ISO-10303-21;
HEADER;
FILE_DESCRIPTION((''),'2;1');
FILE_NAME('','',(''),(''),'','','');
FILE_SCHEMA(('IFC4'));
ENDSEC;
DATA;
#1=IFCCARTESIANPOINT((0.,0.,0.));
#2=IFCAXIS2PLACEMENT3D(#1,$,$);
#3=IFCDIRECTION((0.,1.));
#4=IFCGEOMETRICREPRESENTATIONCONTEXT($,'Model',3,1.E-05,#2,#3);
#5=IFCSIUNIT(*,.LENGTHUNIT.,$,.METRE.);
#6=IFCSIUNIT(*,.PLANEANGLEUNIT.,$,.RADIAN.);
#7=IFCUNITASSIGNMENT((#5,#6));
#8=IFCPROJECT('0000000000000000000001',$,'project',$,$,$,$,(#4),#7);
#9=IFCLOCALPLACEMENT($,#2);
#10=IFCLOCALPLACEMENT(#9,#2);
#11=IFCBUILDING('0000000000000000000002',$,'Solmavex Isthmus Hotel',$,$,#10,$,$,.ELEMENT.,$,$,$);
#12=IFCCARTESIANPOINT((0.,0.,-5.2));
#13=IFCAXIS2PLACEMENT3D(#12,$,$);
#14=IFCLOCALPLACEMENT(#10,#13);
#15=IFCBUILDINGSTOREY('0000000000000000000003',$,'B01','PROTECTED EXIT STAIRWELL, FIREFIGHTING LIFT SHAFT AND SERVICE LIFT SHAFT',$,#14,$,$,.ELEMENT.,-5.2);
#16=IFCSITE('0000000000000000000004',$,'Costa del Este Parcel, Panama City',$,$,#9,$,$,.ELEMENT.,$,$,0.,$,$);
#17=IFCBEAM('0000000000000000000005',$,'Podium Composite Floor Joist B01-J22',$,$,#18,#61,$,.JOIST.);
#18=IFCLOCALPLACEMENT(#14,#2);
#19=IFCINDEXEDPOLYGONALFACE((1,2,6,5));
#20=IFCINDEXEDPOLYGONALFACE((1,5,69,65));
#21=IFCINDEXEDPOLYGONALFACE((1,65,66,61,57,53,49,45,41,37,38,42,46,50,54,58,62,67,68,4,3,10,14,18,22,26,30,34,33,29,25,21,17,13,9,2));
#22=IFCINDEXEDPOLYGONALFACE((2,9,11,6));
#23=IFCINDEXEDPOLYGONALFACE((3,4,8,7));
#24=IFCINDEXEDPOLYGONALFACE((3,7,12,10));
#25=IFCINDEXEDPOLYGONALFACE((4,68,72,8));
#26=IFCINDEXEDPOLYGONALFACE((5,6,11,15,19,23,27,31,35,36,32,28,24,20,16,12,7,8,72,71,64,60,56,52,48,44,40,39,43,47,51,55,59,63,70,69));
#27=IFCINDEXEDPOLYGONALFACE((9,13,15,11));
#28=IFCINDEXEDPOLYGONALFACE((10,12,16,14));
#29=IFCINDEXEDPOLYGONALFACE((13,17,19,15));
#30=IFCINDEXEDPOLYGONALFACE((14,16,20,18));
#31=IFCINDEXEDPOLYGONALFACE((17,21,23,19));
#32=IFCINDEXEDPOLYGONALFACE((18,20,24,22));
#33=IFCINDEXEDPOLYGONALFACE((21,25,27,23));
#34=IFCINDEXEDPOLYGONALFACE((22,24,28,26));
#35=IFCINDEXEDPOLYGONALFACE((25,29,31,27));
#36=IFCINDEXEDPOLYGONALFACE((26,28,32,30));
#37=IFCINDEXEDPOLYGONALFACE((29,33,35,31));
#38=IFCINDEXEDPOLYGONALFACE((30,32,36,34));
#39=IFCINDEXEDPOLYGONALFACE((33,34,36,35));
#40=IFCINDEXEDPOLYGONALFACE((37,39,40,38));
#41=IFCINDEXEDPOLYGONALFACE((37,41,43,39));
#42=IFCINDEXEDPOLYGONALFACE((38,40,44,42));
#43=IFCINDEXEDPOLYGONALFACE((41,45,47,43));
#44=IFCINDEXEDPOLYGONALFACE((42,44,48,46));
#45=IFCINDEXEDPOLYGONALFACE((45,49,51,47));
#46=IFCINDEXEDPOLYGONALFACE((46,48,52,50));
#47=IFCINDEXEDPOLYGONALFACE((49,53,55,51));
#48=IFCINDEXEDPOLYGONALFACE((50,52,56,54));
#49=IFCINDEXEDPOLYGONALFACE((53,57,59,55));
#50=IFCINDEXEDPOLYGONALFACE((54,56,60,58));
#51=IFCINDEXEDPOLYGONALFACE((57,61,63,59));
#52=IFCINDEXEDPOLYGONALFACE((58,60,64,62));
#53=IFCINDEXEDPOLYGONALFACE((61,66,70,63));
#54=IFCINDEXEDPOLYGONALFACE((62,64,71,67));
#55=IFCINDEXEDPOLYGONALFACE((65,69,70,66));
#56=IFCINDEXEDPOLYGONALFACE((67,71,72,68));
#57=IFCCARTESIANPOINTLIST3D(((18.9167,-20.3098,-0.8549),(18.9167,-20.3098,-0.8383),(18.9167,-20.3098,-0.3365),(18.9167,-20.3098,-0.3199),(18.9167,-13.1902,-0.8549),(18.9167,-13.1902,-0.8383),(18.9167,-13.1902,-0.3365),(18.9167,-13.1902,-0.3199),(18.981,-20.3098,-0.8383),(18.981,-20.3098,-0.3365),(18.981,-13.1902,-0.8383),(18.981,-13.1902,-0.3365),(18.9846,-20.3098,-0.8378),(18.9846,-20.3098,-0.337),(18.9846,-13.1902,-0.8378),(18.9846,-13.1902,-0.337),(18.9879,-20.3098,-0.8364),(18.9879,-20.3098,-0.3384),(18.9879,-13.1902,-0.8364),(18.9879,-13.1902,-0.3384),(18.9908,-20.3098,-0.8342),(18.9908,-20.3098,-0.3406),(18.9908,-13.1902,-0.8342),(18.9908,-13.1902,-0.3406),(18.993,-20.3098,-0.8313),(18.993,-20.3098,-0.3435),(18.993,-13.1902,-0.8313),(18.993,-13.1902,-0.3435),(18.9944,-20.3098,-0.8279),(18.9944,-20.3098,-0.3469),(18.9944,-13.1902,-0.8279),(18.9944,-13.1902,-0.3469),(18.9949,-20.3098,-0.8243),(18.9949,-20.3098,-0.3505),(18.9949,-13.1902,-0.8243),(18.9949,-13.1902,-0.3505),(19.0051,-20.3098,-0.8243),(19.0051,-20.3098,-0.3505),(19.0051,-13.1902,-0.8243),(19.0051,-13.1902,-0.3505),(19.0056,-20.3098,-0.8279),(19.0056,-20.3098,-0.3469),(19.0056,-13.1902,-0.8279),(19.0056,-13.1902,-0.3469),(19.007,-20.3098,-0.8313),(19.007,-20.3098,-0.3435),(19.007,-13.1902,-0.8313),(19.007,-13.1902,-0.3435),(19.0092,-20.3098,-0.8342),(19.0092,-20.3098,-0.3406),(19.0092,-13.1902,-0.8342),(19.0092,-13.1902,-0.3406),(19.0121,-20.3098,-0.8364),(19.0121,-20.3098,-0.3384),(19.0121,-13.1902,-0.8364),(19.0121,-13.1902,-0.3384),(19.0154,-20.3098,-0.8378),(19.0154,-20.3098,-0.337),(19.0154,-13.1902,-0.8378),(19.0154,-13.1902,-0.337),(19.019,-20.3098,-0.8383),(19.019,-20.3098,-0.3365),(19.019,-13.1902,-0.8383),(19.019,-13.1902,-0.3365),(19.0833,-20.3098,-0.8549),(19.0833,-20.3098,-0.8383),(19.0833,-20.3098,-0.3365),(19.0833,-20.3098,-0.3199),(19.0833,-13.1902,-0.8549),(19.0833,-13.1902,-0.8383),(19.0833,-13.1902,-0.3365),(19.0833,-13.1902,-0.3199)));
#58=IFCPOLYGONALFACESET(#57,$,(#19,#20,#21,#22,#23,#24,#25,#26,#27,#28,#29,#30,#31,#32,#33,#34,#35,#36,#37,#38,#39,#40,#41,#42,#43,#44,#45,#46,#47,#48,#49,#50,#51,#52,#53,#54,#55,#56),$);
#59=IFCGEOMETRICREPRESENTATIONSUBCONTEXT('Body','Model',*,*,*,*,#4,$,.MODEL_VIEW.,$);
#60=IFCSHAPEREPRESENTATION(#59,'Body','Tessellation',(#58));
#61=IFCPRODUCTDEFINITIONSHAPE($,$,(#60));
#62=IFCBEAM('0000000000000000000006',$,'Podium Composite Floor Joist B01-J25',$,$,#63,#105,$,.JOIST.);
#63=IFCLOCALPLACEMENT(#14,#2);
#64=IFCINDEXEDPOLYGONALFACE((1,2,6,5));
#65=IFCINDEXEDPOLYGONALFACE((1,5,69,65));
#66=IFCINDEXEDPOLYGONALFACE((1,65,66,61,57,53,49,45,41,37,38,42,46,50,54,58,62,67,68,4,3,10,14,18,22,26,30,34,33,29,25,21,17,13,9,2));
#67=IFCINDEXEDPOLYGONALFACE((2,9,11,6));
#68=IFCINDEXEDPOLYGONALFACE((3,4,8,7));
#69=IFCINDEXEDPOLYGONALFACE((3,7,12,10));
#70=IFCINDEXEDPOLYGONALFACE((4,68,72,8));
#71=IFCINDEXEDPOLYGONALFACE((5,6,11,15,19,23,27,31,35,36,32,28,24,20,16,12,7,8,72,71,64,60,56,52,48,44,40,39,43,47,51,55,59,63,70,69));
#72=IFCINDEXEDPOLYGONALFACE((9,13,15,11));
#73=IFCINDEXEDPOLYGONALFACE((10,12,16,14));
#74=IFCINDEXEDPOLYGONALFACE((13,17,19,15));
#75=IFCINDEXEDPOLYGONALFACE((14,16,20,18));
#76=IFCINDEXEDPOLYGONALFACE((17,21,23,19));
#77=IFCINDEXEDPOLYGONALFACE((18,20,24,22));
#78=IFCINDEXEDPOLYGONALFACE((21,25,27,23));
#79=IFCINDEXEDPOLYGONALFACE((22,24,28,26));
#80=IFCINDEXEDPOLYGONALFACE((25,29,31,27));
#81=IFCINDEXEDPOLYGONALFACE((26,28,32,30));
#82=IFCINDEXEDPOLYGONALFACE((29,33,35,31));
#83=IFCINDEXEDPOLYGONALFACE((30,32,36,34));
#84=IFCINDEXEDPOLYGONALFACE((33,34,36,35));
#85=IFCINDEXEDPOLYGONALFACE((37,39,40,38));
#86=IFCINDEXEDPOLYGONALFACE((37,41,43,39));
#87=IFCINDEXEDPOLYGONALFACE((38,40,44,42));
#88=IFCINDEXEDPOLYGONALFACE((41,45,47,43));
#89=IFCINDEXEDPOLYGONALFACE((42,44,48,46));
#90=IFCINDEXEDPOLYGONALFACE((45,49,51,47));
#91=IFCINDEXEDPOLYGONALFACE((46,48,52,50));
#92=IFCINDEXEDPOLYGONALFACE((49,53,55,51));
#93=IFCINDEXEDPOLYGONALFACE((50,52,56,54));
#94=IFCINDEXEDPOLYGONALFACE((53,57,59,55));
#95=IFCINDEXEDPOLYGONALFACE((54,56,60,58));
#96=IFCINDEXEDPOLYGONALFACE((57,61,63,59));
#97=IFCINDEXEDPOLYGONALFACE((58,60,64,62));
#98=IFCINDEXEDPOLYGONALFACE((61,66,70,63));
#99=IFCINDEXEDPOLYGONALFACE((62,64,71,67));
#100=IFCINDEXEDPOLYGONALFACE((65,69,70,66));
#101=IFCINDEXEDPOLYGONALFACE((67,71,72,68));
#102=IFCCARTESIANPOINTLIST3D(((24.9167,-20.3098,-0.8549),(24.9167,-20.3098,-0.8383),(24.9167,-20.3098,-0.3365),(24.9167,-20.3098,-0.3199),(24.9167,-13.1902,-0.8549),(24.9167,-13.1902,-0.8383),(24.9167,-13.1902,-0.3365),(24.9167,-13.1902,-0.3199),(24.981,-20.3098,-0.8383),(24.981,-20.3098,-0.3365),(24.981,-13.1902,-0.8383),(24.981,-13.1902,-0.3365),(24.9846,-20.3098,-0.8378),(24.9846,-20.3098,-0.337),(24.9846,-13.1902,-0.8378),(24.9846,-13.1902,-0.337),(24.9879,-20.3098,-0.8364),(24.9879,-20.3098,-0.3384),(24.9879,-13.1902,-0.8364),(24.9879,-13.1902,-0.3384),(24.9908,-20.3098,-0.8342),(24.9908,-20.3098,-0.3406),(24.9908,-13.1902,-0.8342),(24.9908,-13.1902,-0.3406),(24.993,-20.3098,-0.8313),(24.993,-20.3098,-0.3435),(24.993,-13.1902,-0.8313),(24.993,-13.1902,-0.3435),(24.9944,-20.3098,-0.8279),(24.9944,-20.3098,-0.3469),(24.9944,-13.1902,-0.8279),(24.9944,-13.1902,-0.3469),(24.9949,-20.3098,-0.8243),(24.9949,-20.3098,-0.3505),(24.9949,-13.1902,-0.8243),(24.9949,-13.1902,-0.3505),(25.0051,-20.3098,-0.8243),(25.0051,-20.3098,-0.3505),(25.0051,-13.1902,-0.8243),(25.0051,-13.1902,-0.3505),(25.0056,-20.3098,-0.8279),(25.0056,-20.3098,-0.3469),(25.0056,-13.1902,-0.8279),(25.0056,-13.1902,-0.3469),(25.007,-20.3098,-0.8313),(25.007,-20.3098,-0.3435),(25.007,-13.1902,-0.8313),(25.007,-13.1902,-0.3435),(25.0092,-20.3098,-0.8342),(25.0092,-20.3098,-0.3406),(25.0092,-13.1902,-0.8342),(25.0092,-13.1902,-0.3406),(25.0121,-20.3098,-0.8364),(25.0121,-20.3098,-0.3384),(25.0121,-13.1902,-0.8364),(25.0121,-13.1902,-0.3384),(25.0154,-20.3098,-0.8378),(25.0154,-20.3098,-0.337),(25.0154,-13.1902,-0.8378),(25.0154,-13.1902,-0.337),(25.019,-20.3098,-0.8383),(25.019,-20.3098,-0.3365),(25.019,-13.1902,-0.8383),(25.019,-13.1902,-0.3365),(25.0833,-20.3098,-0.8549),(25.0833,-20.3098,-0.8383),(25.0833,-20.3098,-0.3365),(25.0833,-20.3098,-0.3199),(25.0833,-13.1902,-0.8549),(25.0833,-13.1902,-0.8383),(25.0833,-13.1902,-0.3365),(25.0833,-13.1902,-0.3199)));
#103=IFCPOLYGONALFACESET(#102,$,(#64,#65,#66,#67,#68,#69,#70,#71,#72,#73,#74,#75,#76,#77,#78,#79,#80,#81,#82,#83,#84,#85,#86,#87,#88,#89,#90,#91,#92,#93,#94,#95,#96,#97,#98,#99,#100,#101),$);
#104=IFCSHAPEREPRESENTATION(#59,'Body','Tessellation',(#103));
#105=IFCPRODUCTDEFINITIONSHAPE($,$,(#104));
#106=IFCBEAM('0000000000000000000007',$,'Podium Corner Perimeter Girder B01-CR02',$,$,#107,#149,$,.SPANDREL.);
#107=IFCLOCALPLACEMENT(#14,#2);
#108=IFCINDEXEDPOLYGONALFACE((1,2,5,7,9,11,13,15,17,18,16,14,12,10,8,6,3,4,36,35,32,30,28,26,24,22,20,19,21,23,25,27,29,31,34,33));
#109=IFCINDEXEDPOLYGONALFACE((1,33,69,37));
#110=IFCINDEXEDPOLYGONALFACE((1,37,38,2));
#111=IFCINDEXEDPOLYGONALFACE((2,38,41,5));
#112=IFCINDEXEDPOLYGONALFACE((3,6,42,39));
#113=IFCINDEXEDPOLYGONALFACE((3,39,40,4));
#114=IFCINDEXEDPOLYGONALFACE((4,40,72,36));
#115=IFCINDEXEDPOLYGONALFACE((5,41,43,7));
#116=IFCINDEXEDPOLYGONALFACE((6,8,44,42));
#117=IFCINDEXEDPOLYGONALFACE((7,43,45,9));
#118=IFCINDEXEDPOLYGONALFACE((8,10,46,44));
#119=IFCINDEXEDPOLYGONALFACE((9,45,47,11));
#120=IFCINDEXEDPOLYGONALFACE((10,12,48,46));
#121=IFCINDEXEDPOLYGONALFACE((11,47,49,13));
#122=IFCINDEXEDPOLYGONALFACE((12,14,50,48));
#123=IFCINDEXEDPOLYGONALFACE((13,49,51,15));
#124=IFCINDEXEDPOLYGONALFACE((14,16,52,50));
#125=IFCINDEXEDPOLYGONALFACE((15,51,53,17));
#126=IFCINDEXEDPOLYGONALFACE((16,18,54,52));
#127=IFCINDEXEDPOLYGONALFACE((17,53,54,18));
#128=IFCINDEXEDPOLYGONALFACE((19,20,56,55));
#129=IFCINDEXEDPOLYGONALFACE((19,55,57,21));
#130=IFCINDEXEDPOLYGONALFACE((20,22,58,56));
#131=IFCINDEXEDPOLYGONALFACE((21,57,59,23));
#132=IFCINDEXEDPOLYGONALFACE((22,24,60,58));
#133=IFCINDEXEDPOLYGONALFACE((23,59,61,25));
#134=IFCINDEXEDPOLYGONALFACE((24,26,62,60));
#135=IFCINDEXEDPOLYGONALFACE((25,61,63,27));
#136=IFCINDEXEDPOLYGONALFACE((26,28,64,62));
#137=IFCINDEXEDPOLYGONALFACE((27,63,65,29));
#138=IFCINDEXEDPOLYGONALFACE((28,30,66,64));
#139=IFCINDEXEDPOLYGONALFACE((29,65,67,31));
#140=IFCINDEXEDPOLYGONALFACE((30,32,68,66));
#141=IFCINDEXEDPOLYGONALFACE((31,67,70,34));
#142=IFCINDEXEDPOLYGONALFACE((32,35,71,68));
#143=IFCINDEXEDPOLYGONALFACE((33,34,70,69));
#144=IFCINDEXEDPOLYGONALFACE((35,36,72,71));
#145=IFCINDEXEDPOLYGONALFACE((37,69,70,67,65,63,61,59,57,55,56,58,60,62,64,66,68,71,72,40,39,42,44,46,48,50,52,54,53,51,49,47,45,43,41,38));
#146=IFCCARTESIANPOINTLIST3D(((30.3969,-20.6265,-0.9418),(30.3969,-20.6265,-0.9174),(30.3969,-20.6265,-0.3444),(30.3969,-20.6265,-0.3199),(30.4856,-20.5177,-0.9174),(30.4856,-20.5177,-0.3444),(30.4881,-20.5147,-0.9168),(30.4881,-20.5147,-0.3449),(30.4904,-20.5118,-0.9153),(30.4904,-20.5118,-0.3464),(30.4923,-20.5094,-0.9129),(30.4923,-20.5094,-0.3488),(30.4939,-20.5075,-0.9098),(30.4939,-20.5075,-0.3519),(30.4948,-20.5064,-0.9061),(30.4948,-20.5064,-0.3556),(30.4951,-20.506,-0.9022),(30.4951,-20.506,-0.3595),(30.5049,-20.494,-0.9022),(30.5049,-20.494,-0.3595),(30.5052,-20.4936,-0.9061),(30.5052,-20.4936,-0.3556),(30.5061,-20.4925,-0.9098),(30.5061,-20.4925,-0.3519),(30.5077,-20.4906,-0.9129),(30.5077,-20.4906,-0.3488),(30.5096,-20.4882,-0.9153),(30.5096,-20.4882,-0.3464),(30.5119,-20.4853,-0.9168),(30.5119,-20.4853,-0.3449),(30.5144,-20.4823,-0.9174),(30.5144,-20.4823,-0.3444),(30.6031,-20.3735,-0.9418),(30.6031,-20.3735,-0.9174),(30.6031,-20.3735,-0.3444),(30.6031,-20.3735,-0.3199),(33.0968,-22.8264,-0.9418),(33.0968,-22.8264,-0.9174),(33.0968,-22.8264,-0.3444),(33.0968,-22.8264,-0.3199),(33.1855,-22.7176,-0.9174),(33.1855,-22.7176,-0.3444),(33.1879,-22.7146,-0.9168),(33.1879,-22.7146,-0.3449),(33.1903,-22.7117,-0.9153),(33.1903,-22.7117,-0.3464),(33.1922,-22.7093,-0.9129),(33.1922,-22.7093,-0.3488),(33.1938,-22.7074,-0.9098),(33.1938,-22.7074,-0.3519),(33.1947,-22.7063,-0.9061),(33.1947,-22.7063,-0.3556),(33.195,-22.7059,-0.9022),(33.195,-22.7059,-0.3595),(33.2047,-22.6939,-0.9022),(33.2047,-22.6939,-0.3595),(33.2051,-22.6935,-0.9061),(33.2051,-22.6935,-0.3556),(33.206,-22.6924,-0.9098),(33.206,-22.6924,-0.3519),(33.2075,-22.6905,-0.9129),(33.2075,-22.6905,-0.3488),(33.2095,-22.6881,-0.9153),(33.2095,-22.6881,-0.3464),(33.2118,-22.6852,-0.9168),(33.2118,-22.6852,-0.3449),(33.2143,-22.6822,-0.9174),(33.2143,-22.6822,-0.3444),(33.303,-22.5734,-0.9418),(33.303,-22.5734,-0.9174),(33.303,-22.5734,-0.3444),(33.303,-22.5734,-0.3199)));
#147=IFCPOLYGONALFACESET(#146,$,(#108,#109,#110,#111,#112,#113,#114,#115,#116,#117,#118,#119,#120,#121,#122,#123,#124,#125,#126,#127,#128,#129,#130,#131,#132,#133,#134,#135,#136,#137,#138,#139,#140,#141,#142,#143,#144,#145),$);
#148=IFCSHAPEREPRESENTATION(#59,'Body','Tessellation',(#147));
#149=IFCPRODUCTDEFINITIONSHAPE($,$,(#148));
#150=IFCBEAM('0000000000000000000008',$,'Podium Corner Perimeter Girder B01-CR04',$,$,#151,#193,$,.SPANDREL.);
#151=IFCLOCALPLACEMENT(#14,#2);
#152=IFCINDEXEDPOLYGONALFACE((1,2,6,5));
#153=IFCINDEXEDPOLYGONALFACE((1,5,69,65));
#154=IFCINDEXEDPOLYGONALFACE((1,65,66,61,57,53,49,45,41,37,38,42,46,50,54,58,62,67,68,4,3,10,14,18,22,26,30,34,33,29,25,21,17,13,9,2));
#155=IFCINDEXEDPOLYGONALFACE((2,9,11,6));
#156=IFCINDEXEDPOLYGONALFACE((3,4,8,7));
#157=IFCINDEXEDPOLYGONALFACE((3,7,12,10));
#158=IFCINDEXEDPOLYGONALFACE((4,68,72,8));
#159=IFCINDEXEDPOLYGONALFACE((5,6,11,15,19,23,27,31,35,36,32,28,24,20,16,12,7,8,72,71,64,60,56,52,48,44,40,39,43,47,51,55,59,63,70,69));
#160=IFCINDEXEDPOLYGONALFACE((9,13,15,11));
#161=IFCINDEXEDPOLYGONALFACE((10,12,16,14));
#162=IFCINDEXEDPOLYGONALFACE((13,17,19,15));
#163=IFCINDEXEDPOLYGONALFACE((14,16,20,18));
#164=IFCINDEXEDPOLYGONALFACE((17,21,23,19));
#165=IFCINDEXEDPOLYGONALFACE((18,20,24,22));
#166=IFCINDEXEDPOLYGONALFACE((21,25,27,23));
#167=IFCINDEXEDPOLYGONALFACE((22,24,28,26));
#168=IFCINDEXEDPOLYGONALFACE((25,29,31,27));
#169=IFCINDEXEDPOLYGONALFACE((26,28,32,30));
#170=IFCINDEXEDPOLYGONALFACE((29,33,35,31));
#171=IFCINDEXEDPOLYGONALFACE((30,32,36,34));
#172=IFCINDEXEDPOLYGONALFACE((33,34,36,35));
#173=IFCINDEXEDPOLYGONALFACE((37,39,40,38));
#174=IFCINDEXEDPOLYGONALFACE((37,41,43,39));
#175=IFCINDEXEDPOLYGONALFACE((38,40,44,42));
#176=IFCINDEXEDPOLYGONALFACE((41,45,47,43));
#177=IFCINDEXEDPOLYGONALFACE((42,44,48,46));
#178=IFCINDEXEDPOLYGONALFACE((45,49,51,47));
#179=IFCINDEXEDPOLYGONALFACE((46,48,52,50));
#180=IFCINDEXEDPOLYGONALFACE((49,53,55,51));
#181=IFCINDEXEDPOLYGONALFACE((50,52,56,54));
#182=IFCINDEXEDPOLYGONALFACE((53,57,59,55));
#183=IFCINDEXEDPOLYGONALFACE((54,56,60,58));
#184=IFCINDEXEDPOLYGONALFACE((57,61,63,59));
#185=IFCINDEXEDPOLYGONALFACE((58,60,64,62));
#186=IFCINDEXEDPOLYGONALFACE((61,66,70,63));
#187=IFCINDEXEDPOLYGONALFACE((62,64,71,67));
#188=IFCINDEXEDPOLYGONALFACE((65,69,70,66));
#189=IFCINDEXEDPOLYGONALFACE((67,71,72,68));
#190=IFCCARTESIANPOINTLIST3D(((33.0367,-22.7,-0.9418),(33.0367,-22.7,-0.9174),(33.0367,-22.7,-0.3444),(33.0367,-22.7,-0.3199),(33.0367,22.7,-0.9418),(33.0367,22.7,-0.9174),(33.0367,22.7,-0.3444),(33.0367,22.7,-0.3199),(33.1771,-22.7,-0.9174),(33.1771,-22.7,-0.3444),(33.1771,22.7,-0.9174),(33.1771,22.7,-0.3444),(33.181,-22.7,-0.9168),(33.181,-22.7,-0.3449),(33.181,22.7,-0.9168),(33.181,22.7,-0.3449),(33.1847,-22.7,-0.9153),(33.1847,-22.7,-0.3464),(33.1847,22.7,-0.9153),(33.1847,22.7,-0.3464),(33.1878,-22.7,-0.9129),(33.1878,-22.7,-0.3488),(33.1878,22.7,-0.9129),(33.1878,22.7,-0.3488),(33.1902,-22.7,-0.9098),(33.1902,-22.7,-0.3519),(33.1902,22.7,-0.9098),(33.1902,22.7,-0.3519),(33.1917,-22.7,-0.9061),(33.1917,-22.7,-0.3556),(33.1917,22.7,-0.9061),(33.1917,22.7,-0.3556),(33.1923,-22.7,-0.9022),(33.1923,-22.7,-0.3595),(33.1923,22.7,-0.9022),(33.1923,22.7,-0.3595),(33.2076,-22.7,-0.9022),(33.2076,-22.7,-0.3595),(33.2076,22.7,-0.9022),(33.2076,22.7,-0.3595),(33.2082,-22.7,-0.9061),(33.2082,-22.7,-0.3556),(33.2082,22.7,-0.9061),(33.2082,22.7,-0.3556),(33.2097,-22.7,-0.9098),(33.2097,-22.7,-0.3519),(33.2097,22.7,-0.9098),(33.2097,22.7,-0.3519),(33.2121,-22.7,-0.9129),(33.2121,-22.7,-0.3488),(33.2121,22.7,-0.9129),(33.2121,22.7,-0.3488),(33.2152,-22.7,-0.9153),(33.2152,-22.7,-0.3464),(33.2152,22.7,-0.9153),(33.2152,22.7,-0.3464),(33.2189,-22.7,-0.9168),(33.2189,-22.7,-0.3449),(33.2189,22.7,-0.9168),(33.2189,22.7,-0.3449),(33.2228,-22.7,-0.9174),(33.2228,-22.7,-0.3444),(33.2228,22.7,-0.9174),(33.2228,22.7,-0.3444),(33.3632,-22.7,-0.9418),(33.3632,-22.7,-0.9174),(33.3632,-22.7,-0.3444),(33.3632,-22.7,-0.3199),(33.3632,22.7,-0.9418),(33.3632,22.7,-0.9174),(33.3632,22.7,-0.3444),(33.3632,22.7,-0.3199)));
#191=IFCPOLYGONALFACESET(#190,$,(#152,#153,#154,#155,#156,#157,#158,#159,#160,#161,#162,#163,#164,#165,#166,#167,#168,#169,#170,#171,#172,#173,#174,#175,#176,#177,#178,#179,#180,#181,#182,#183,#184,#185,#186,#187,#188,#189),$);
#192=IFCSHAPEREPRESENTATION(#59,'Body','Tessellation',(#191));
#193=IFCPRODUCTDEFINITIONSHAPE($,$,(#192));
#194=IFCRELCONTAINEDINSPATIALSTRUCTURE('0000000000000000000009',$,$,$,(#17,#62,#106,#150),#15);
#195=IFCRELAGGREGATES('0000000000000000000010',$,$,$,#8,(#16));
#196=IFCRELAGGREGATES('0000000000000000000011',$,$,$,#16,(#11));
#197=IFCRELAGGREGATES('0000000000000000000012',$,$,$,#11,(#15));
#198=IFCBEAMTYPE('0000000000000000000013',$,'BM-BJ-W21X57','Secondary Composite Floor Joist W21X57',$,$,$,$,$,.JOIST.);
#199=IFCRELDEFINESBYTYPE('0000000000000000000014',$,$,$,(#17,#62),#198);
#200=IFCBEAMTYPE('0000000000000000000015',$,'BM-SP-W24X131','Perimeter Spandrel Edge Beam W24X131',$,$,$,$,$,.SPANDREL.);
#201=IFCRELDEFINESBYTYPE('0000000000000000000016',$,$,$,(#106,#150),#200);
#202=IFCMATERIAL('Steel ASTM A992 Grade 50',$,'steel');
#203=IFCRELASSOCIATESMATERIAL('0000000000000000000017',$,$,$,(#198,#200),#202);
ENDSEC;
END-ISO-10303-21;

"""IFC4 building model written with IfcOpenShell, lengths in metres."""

from ifc_helpers import new_model, si_unit, direction, frame, origin, origin_2d, place, context, subcontext, project, spatial, i_section, extrude, material, material_profile, profile_set, type_object, element, save


model = new_model("IFC4")

# Units and contexts
model_context = context("Model", 3, precision=1e-05, world=origin(), true_north=direction((0.0, 1.0)))
body_context = subcontext(model_context, "Body", "Model", "MODEL_VIEW")
ifc_project = project(units=[si_unit("LENGTHUNIT", "METRE"), si_unit("PLANEANGLEUNIT", "RADIAN")], contexts=[model_context])

# Site, building, storey
site_placement = place(None, origin())
site = spatial("IfcSite", under=ifc_project, at=site_placement, Name="Costa del Este Parcel, Panama City", CompositionType="ELEMENT", RefElevation=0.0)
building_placement = place(site_placement, origin())
building = spatial("IfcBuilding", under=site, at=building_placement, Name="Solmavex Isthmus Hotel", CompositionType="ELEMENT")
storey_placement = place(building_placement, frame((0.0, 0.0, -5.2)))
storey = spatial("IfcBuildingStorey", under=building, at=storey_placement, Name="B01", Description="PROTECTED EXIT STAIRWELL, FIREFIGHTING LIFT SHAFT AND SERVICE LIFT SHAFT", CompositionType="ELEMENT", Elevation=-5.2)

# Beams
ifc_material_1 = material(Name="Steel ASTM A992 Grade 50", Category="steel")
ifc_material_profile_1 = material_profile(ifc_material_1, i_section(OverallWidth=0.1665, OverallDepth=0.5349, WebThickness=0.0103, FlangeThickness=0.0166, FilletRadius=0.0139, at=origin_2d()), Name="W21X57")
ifc_profile_set_1 = profile_set([ifc_material_profile_1], Name="Steel ASTM A992 Grade 50")
beam_type_1 = type_object("IfcBeamType", Name="BM-BJ-W21X57", Description="Secondary Composite Floor Joist W21X57", PredefinedType="JOIST", material=ifc_profile_set_1)
for number, where, z_axis, x_axis, name in (
    (1, (19.0, -20.3098, -0.5874), (0.0, 1.0, 0.0), (-1.0, 0.0, 0.0), "Podium Composite Floor Joist B01-J22"),
    (2, (25.0, -20.3098, -0.5874), (0.0, 1.0, 0.0), (-1.0, 0.0, 0.0), "Podium Composite Floor Joist B01-J25"),
):
    element("IfcBeam", number, at=place(storey_placement, frame(where, z_axis=z_axis, x_axis=x_axis)), inside=storey, type_object=beam_type_1, Name=name, PredefinedType="JOIST", context=body_context, shape_type="SweptSolid", body=[
        extrude(i_section(OverallWidth=0.1665, OverallDepth=0.5349, WebThickness=0.0103, FlangeThickness=0.0166, FilletRadius=0.0139, at=origin_2d()), origin(), (0.0, 0.0, 1.0), 7.1196),
    ])
ifc_material_profile_2 = material_profile(ifc_material_1, i_section(OverallWidth=0.3264, OverallDepth=0.6218, WebThickness=0.0154, FlangeThickness=0.0244, FilletRadius=0.0151, at=origin_2d()), Name="W24X131")
ifc_profile_set_2 = profile_set([ifc_material_profile_2], Name="Steel ASTM A992 Grade 50")
beam_type_2 = type_object("IfcBeamType", Name="BM-SP-W24X131", Description="Perimeter Spandrel Edge Beam W24X131", PredefinedType="SPANDREL", material=ifc_profile_set_2)
beam_1_placement = place(storey_placement, frame((30.5, -20.5, -0.6309), z_axis=(0.775236, -0.631671, 0.0), x_axis=(0.631671, 0.775236, 0.0)))
element("IfcBeam", 3, at=beam_1_placement, inside=storey, type_object=beam_type_2, Name="Podium Corner Perimeter Girder B01-CR02", PredefinedType="SPANDREL", context=body_context, shape_type="SweptSolid", body=[
    extrude(i_section(OverallWidth=0.3264, OverallDepth=0.6218, WebThickness=0.0154, FlangeThickness=0.0244, FilletRadius=0.0151, at=origin_2d()), origin(), (0.0, 0.0, 1.0), 3.4827),
])
beam_2_placement = place(storey_placement, frame((33.2, -22.7, -0.6309), z_axis=(0.0, 1.0, 0.0), x_axis=(-1.0, 0.0, 0.0)))
element("IfcBeam", 4, at=beam_2_placement, inside=storey, type_object=beam_type_2, Name="Podium Corner Perimeter Girder B01-CR04", PredefinedType="SPANDREL", context=body_context, shape_type="SweptSolid", body=[
    extrude(i_section(OverallWidth=0.3264, OverallDepth=0.6218, WebThickness=0.0154, FlangeThickness=0.0244, FilletRadius=0.0151, at=origin_2d()), origin(), (0.0, 0.0, 1.0), 45.3999),
])

save(model, "model.ifc")
